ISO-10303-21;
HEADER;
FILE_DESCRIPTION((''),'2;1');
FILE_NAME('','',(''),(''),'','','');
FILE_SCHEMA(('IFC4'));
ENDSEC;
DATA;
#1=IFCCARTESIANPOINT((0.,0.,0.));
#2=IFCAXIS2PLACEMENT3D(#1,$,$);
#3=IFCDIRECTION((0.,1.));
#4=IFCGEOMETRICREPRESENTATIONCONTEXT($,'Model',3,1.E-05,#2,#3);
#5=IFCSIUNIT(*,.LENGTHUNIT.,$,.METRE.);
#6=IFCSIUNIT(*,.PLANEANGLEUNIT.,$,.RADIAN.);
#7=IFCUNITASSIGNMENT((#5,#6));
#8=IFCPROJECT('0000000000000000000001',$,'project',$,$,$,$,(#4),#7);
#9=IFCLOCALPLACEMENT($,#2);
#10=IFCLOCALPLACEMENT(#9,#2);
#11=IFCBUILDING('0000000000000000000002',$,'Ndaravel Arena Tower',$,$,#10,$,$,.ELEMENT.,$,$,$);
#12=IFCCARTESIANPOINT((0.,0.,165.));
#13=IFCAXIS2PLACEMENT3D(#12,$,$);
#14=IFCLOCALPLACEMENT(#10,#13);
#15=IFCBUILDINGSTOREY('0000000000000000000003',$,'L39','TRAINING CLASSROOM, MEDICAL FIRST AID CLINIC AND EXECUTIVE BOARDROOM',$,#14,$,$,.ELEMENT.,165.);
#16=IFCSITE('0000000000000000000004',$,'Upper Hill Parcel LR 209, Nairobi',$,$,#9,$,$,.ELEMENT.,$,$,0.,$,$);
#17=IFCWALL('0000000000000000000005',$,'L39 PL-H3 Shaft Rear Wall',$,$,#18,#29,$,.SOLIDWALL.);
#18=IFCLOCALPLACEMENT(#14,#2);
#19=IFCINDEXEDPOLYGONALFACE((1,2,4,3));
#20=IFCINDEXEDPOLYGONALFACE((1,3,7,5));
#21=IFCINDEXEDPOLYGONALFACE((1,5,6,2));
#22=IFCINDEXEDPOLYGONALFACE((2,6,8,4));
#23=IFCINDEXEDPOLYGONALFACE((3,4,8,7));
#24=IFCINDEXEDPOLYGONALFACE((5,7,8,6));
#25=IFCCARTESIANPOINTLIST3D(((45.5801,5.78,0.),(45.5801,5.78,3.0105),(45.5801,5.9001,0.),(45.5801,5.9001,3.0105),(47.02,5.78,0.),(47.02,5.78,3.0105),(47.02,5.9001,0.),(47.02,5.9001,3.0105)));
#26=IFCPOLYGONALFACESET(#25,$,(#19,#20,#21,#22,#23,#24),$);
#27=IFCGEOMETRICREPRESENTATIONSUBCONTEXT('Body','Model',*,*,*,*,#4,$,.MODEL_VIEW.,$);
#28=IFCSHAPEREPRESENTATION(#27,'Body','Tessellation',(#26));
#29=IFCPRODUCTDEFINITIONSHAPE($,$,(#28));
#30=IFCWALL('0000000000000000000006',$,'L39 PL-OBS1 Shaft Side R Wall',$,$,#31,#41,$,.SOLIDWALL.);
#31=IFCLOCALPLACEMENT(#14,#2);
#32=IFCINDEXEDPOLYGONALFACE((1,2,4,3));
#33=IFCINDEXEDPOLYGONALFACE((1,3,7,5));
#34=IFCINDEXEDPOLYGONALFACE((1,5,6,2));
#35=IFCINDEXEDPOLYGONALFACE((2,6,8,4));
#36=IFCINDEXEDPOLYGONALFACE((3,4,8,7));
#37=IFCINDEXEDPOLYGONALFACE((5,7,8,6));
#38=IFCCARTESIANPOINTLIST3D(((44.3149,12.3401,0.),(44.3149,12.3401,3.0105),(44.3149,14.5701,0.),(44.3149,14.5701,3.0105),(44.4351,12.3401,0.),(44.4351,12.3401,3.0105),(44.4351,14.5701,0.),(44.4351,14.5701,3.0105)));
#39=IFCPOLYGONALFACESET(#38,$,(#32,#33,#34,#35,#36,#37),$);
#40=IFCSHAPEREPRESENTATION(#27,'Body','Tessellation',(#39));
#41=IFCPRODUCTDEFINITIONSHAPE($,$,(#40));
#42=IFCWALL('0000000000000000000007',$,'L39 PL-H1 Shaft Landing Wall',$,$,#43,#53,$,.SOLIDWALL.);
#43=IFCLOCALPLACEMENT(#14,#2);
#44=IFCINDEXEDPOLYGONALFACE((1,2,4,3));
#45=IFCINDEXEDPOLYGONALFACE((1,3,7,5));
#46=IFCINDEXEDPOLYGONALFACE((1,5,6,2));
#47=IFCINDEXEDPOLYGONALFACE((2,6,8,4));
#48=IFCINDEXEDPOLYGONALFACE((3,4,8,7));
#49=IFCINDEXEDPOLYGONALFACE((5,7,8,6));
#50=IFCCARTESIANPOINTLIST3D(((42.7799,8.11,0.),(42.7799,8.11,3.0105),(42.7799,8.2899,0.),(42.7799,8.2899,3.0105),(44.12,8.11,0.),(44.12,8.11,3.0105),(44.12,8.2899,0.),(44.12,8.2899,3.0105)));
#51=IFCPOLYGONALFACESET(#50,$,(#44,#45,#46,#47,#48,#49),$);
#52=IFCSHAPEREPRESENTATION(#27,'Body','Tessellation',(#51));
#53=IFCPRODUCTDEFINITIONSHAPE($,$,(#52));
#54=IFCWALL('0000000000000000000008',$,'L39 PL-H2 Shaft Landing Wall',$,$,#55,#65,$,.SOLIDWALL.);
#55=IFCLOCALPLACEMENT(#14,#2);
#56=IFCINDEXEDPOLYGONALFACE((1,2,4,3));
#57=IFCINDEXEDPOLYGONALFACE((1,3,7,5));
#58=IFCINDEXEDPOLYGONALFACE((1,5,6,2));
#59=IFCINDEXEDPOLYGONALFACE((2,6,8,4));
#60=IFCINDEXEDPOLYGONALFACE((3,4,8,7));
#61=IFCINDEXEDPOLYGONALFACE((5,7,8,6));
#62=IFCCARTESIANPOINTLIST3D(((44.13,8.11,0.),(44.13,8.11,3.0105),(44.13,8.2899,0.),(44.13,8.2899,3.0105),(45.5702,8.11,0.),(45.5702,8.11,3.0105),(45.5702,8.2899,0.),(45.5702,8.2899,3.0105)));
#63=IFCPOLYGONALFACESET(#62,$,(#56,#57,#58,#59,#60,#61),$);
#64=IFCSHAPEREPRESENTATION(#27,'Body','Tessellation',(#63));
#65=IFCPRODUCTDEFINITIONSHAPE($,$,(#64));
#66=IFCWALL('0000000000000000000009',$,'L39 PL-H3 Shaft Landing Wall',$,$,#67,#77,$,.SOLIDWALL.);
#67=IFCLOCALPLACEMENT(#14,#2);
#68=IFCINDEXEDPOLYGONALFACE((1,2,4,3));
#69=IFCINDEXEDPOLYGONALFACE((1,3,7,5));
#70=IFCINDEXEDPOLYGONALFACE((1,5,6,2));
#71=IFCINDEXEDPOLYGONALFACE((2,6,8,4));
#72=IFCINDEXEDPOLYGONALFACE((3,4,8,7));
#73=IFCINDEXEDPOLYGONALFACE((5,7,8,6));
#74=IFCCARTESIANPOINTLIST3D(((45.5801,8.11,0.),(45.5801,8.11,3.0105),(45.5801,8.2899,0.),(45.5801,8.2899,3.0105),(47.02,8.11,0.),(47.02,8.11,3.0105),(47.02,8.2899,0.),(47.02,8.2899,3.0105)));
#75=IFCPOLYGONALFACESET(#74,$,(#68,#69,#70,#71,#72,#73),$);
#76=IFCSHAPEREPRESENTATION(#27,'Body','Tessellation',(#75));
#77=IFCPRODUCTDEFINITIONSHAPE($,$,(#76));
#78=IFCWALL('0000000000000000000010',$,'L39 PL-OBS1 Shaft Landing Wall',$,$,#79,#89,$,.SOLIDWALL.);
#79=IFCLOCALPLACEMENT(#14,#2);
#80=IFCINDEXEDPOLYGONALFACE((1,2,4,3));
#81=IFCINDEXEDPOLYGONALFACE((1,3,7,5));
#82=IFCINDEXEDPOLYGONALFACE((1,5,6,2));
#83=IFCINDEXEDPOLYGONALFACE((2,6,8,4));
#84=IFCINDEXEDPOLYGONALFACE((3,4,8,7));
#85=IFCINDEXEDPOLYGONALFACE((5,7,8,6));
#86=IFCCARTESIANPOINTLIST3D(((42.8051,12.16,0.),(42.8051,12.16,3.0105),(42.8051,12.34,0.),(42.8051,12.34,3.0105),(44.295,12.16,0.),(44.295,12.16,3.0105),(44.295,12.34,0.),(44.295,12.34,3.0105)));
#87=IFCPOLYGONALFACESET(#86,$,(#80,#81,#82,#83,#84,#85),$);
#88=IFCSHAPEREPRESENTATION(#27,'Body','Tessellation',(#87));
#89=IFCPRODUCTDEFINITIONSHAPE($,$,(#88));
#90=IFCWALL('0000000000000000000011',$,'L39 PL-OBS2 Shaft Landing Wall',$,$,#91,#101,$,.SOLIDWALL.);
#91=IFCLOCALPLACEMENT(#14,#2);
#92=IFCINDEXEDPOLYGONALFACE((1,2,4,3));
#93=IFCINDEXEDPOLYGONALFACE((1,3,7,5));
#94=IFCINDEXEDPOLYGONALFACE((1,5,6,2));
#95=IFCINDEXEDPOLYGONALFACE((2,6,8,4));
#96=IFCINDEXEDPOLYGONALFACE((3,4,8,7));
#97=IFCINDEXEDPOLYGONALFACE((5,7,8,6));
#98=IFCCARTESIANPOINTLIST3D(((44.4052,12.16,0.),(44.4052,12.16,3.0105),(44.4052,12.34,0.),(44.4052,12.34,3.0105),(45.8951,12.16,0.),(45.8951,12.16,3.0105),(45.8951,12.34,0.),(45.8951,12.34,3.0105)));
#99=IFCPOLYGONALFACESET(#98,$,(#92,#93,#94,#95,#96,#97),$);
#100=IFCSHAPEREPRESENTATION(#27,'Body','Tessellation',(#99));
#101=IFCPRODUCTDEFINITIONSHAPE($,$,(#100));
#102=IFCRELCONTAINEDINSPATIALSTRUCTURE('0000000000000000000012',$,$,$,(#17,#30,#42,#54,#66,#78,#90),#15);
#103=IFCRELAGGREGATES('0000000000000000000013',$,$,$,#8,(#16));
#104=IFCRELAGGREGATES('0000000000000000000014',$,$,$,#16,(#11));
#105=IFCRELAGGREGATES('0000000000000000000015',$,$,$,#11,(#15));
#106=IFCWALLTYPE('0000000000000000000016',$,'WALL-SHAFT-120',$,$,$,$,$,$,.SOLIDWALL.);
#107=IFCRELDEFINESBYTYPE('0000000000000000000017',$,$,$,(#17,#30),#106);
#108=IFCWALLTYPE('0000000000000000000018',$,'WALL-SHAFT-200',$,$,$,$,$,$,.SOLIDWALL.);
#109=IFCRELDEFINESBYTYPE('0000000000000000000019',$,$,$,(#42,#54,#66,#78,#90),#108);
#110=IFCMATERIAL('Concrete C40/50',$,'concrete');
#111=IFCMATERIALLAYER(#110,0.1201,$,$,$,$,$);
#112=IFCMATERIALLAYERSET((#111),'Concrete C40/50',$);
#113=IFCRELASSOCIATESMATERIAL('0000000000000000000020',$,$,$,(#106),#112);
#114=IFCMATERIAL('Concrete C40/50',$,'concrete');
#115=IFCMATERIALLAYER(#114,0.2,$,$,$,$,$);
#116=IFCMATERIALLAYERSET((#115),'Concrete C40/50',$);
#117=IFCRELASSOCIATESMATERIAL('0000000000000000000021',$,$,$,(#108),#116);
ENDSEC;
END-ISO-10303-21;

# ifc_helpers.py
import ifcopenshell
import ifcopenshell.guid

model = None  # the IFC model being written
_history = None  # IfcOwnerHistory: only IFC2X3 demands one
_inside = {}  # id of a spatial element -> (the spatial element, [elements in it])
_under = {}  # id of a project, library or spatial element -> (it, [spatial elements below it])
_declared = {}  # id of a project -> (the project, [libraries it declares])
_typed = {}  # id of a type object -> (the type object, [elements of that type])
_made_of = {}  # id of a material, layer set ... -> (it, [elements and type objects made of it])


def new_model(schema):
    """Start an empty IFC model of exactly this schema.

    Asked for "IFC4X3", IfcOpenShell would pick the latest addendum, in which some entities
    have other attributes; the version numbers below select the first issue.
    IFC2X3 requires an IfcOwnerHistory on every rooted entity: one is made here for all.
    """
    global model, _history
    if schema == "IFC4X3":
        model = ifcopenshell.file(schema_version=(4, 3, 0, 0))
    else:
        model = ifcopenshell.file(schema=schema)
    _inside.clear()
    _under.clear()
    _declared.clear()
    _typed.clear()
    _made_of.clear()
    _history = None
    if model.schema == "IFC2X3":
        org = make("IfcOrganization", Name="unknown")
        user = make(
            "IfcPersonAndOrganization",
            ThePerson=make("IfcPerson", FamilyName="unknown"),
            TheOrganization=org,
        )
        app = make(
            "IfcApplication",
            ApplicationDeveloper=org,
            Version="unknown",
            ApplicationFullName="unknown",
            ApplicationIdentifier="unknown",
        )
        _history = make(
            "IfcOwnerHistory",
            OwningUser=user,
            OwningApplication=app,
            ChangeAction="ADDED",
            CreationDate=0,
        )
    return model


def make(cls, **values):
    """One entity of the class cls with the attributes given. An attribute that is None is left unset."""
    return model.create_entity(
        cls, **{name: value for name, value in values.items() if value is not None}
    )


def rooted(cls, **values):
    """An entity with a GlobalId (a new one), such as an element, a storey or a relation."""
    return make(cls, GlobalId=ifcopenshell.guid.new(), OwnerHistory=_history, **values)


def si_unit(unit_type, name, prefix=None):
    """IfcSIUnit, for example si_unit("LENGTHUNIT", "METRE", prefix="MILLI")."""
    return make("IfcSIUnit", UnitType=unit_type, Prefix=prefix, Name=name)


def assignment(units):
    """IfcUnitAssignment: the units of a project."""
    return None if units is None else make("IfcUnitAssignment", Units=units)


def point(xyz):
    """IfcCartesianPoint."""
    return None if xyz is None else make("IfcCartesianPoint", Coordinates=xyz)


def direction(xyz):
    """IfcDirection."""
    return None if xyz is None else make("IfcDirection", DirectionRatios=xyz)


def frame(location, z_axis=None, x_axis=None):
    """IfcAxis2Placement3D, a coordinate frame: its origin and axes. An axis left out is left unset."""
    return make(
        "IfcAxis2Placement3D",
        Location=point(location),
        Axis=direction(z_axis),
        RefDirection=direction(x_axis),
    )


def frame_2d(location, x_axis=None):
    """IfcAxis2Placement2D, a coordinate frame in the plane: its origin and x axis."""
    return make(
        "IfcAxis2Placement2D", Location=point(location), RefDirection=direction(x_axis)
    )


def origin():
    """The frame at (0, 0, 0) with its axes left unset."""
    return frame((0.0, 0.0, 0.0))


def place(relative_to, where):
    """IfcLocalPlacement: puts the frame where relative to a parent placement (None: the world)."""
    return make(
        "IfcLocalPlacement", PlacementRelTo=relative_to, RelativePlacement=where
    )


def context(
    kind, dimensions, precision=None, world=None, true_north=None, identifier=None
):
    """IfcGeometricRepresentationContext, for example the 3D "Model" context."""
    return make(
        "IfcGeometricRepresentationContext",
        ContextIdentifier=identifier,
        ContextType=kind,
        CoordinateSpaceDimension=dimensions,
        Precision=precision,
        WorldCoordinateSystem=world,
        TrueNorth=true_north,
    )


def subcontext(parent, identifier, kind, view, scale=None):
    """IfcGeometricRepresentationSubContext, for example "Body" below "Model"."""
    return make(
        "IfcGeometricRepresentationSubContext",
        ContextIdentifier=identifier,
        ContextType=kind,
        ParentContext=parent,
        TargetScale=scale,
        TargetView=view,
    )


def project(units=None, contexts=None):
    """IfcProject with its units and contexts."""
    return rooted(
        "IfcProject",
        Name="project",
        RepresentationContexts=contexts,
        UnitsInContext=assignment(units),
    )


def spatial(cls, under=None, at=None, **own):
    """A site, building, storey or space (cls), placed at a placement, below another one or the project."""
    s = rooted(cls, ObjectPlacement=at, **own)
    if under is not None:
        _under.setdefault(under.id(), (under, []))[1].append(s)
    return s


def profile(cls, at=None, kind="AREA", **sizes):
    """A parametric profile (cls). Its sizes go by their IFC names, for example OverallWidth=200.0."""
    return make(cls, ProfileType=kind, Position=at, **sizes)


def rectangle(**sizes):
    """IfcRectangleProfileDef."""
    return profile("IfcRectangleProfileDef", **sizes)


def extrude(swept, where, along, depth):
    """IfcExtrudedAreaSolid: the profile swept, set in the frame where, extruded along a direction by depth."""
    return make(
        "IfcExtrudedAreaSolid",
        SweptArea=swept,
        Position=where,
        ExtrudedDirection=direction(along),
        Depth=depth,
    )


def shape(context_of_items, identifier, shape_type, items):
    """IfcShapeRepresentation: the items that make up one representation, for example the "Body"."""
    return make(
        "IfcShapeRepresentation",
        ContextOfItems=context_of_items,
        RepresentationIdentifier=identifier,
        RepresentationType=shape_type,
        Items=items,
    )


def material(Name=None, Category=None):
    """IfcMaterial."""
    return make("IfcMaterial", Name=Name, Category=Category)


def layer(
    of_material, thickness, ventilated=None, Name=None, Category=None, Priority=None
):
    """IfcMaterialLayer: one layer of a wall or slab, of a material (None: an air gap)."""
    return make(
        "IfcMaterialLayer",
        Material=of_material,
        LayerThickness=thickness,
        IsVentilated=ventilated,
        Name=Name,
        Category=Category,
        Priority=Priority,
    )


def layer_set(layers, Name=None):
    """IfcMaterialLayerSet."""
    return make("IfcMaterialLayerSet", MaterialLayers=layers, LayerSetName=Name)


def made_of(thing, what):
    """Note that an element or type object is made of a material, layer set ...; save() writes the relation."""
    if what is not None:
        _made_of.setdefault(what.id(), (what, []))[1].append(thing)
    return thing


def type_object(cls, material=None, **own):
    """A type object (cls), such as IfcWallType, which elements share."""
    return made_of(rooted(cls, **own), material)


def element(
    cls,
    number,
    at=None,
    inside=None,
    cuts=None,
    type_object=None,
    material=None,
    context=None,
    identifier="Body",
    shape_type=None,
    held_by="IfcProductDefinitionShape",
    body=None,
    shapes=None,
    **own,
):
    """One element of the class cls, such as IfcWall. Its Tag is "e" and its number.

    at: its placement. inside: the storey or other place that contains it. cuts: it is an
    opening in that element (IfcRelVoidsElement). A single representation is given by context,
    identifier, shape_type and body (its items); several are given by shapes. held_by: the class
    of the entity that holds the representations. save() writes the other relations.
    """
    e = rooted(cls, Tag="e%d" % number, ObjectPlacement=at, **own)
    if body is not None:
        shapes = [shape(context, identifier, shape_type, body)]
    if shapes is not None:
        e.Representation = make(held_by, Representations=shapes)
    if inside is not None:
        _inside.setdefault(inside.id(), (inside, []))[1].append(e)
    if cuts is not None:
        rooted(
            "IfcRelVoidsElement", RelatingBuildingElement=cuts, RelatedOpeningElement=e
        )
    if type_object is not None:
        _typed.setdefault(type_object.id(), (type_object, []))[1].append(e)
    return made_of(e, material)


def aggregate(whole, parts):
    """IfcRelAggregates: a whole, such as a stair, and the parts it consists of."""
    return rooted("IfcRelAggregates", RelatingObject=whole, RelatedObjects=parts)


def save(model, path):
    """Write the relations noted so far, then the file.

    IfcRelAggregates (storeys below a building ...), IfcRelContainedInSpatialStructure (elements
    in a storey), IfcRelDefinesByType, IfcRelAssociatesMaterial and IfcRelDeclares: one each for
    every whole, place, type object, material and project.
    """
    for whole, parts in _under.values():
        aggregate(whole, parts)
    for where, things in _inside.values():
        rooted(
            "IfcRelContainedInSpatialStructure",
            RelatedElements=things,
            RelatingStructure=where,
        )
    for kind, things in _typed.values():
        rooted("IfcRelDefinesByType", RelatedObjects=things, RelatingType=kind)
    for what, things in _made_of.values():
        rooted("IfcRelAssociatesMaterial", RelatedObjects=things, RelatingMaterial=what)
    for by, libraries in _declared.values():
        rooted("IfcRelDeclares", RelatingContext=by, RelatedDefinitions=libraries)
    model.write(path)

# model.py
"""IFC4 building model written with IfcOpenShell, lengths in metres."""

from ifc_helpers import new_model, si_unit, direction, frame, frame_2d, origin, place, context, subcontext, project, spatial, rectangle, extrude, material, layer, layer_set, type_object, element, save


model = new_model("IFC4")

# Units and contexts
model_context = context("Model", 3, precision=1e-05, world=origin(), true_north=direction((0.0, 1.0)))
body_context = subcontext(model_context, "Body", "Model", "MODEL_VIEW")
ifc_project = project(units=[si_unit("LENGTHUNIT", "METRE"), si_unit("PLANEANGLEUNIT", "RADIAN")], contexts=[model_context])

# Site, building, storey
site_placement = place(None, origin())
site = spatial("IfcSite", under=ifc_project, at=site_placement, Name="Upper Hill Parcel LR 209, Nairobi", CompositionType="ELEMENT", RefElevation=0.0)
building_placement = place(site_placement, origin())
building = spatial("IfcBuilding", under=site, at=building_placement, Name="Ndaravel Arena Tower", CompositionType="ELEMENT")
storey_placement = place(building_placement, frame((0.0, 0.0, 165.0)))
storey = spatial("IfcBuildingStorey", under=building, at=storey_placement, Name="L39", Description="TRAINING CLASSROOM, MEDICAL FIRST AID CLINIC AND EXECUTIVE BOARDROOM", CompositionType="ELEMENT", Elevation=165.0)

# Walls
ifc_material_1 = material(Name="Concrete C40/50", Category="concrete")
ifc_layer_1 = layer(ifc_material_1, 0.1201)
ifc_layer_set_1 = layer_set([ifc_layer_1], Name="Concrete C40/50")
wall_type_1 = type_object("IfcWallType", Name="WALL-SHAFT-120", PredefinedType="SOLIDWALL", material=ifc_layer_set_1)
wall_1_placement = place(storey_placement, frame((45.5801, 5.8401, 0.0), z_axis=(0.0, 0.0, 1.0), x_axis=(1.0, 0.0, 0.0)))
element("IfcWall", 1, at=wall_1_placement, inside=storey, type_object=wall_type_1, Name="L39 PL-H3 Shaft Rear Wall", PredefinedType="SOLIDWALL", context=body_context, shape_type="SweptSolid", body=[
    extrude(rectangle(XDim=1.4399, YDim=0.1201, at=frame_2d((0.72, 0.0))), origin(), (0.0, 0.0, 1.0), 3.0105),
])
wall_2_placement = place(storey_placement, frame((44.375, 12.3401, 0.0), z_axis=(0.0, 0.0, 1.0), x_axis=(0.0, 1.0, 0.0)))
element("IfcWall", 2, at=wall_2_placement, inside=storey, type_object=wall_type_1, Name="L39 PL-OBS1 Shaft Side R Wall", PredefinedType="SOLIDWALL", context=body_context, shape_type="SweptSolid", body=[
    extrude(rectangle(XDim=2.23, YDim=0.1201, at=frame_2d((1.115, 0.0))), origin(), (0.0, 0.0, 1.0), 3.0105),
])
ifc_material_2 = material(Name="Concrete C40/50", Category="concrete")
ifc_layer_2 = layer(ifc_material_2, 0.2)
ifc_layer_set_2 = layer_set([ifc_layer_2], Name="Concrete C40/50")
wall_type_2 = type_object("IfcWallType", Name="WALL-SHAFT-200", PredefinedType="SOLIDWALL", material=ifc_layer_set_2)
wall_3_placement = place(storey_placement, frame((42.78, 8.2, 0.0), z_axis=(0.0, 0.0, 1.0), x_axis=(1.0, 0.0, 0.0)))
element("IfcWall", 3, at=wall_3_placement, inside=storey, type_object=wall_type_2, Name="L39 PL-H1 Shaft Landing Wall", PredefinedType="SOLIDWALL", context=body_context, shape_type="SweptSolid", body=[
    extrude(rectangle(XDim=1.3401, YDim=0.1799, at=frame_2d((0.6699, 0.0))), origin(), (0.0, 0.0, 1.0), 3.0105),
])
wall_4_placement = place(storey_placement, frame((44.1299, 8.2, 0.0), z_axis=(0.0, 0.0, 1.0), x_axis=(1.0, 0.0, 0.0)))
element("IfcWall", 4, at=wall_4_placement, inside=storey, type_object=wall_type_2, Name="L39 PL-H2 Shaft Landing Wall", PredefinedType="SOLIDWALL", context=body_context, shape_type="SweptSolid", body=[
    extrude(rectangle(XDim=1.4402, YDim=0.1799, at=frame_2d((0.7202, 0.0))), origin(), (0.0, 0.0, 1.0), 3.0105),
])
wall_5_placement = place(storey_placement, frame((45.5801, 8.2, 0.0), z_axis=(0.0, 0.0, 1.0), x_axis=(1.0, 0.0, 0.0)))
element("IfcWall", 5, at=wall_5_placement, inside=storey, type_object=wall_type_2, Name="L39 PL-H3 Shaft Landing Wall", PredefinedType="SOLIDWALL", context=body_context, shape_type="SweptSolid", body=[
    extrude(rectangle(XDim=1.4399, YDim=0.1799, at=frame_2d((0.72, 0.0))), origin(), (0.0, 0.0, 1.0), 3.0105),
])
for number, where, z_axis, x_axis, name in (
    (6, (42.8049, 12.25, 0.0), (0.0, 0.0, 1.0), (1.0, 0.0, 0.0), "L39 PL-OBS1 Shaft Landing Wall"),
    (7, (44.405, 12.25, 0.0), (0.0, 0.0, 1.0), (1.0, 0.0, 0.0), "L39 PL-OBS2 Shaft Landing Wall"),
):
    element("IfcWall", number, at=place(storey_placement, frame(where, z_axis=z_axis, x_axis=x_axis)), inside=storey, type_object=wall_type_2, Name=name, PredefinedType="SOLIDWALL", context=body_context, shape_type="SweptSolid", body=[
        extrude(rectangle(XDim=1.49, YDim=0.1799, at=frame_2d((0.7451, 0.0))), origin(), (0.0, 0.0, 1.0), 3.0105),
    ])

save(model, "model.ifc")
